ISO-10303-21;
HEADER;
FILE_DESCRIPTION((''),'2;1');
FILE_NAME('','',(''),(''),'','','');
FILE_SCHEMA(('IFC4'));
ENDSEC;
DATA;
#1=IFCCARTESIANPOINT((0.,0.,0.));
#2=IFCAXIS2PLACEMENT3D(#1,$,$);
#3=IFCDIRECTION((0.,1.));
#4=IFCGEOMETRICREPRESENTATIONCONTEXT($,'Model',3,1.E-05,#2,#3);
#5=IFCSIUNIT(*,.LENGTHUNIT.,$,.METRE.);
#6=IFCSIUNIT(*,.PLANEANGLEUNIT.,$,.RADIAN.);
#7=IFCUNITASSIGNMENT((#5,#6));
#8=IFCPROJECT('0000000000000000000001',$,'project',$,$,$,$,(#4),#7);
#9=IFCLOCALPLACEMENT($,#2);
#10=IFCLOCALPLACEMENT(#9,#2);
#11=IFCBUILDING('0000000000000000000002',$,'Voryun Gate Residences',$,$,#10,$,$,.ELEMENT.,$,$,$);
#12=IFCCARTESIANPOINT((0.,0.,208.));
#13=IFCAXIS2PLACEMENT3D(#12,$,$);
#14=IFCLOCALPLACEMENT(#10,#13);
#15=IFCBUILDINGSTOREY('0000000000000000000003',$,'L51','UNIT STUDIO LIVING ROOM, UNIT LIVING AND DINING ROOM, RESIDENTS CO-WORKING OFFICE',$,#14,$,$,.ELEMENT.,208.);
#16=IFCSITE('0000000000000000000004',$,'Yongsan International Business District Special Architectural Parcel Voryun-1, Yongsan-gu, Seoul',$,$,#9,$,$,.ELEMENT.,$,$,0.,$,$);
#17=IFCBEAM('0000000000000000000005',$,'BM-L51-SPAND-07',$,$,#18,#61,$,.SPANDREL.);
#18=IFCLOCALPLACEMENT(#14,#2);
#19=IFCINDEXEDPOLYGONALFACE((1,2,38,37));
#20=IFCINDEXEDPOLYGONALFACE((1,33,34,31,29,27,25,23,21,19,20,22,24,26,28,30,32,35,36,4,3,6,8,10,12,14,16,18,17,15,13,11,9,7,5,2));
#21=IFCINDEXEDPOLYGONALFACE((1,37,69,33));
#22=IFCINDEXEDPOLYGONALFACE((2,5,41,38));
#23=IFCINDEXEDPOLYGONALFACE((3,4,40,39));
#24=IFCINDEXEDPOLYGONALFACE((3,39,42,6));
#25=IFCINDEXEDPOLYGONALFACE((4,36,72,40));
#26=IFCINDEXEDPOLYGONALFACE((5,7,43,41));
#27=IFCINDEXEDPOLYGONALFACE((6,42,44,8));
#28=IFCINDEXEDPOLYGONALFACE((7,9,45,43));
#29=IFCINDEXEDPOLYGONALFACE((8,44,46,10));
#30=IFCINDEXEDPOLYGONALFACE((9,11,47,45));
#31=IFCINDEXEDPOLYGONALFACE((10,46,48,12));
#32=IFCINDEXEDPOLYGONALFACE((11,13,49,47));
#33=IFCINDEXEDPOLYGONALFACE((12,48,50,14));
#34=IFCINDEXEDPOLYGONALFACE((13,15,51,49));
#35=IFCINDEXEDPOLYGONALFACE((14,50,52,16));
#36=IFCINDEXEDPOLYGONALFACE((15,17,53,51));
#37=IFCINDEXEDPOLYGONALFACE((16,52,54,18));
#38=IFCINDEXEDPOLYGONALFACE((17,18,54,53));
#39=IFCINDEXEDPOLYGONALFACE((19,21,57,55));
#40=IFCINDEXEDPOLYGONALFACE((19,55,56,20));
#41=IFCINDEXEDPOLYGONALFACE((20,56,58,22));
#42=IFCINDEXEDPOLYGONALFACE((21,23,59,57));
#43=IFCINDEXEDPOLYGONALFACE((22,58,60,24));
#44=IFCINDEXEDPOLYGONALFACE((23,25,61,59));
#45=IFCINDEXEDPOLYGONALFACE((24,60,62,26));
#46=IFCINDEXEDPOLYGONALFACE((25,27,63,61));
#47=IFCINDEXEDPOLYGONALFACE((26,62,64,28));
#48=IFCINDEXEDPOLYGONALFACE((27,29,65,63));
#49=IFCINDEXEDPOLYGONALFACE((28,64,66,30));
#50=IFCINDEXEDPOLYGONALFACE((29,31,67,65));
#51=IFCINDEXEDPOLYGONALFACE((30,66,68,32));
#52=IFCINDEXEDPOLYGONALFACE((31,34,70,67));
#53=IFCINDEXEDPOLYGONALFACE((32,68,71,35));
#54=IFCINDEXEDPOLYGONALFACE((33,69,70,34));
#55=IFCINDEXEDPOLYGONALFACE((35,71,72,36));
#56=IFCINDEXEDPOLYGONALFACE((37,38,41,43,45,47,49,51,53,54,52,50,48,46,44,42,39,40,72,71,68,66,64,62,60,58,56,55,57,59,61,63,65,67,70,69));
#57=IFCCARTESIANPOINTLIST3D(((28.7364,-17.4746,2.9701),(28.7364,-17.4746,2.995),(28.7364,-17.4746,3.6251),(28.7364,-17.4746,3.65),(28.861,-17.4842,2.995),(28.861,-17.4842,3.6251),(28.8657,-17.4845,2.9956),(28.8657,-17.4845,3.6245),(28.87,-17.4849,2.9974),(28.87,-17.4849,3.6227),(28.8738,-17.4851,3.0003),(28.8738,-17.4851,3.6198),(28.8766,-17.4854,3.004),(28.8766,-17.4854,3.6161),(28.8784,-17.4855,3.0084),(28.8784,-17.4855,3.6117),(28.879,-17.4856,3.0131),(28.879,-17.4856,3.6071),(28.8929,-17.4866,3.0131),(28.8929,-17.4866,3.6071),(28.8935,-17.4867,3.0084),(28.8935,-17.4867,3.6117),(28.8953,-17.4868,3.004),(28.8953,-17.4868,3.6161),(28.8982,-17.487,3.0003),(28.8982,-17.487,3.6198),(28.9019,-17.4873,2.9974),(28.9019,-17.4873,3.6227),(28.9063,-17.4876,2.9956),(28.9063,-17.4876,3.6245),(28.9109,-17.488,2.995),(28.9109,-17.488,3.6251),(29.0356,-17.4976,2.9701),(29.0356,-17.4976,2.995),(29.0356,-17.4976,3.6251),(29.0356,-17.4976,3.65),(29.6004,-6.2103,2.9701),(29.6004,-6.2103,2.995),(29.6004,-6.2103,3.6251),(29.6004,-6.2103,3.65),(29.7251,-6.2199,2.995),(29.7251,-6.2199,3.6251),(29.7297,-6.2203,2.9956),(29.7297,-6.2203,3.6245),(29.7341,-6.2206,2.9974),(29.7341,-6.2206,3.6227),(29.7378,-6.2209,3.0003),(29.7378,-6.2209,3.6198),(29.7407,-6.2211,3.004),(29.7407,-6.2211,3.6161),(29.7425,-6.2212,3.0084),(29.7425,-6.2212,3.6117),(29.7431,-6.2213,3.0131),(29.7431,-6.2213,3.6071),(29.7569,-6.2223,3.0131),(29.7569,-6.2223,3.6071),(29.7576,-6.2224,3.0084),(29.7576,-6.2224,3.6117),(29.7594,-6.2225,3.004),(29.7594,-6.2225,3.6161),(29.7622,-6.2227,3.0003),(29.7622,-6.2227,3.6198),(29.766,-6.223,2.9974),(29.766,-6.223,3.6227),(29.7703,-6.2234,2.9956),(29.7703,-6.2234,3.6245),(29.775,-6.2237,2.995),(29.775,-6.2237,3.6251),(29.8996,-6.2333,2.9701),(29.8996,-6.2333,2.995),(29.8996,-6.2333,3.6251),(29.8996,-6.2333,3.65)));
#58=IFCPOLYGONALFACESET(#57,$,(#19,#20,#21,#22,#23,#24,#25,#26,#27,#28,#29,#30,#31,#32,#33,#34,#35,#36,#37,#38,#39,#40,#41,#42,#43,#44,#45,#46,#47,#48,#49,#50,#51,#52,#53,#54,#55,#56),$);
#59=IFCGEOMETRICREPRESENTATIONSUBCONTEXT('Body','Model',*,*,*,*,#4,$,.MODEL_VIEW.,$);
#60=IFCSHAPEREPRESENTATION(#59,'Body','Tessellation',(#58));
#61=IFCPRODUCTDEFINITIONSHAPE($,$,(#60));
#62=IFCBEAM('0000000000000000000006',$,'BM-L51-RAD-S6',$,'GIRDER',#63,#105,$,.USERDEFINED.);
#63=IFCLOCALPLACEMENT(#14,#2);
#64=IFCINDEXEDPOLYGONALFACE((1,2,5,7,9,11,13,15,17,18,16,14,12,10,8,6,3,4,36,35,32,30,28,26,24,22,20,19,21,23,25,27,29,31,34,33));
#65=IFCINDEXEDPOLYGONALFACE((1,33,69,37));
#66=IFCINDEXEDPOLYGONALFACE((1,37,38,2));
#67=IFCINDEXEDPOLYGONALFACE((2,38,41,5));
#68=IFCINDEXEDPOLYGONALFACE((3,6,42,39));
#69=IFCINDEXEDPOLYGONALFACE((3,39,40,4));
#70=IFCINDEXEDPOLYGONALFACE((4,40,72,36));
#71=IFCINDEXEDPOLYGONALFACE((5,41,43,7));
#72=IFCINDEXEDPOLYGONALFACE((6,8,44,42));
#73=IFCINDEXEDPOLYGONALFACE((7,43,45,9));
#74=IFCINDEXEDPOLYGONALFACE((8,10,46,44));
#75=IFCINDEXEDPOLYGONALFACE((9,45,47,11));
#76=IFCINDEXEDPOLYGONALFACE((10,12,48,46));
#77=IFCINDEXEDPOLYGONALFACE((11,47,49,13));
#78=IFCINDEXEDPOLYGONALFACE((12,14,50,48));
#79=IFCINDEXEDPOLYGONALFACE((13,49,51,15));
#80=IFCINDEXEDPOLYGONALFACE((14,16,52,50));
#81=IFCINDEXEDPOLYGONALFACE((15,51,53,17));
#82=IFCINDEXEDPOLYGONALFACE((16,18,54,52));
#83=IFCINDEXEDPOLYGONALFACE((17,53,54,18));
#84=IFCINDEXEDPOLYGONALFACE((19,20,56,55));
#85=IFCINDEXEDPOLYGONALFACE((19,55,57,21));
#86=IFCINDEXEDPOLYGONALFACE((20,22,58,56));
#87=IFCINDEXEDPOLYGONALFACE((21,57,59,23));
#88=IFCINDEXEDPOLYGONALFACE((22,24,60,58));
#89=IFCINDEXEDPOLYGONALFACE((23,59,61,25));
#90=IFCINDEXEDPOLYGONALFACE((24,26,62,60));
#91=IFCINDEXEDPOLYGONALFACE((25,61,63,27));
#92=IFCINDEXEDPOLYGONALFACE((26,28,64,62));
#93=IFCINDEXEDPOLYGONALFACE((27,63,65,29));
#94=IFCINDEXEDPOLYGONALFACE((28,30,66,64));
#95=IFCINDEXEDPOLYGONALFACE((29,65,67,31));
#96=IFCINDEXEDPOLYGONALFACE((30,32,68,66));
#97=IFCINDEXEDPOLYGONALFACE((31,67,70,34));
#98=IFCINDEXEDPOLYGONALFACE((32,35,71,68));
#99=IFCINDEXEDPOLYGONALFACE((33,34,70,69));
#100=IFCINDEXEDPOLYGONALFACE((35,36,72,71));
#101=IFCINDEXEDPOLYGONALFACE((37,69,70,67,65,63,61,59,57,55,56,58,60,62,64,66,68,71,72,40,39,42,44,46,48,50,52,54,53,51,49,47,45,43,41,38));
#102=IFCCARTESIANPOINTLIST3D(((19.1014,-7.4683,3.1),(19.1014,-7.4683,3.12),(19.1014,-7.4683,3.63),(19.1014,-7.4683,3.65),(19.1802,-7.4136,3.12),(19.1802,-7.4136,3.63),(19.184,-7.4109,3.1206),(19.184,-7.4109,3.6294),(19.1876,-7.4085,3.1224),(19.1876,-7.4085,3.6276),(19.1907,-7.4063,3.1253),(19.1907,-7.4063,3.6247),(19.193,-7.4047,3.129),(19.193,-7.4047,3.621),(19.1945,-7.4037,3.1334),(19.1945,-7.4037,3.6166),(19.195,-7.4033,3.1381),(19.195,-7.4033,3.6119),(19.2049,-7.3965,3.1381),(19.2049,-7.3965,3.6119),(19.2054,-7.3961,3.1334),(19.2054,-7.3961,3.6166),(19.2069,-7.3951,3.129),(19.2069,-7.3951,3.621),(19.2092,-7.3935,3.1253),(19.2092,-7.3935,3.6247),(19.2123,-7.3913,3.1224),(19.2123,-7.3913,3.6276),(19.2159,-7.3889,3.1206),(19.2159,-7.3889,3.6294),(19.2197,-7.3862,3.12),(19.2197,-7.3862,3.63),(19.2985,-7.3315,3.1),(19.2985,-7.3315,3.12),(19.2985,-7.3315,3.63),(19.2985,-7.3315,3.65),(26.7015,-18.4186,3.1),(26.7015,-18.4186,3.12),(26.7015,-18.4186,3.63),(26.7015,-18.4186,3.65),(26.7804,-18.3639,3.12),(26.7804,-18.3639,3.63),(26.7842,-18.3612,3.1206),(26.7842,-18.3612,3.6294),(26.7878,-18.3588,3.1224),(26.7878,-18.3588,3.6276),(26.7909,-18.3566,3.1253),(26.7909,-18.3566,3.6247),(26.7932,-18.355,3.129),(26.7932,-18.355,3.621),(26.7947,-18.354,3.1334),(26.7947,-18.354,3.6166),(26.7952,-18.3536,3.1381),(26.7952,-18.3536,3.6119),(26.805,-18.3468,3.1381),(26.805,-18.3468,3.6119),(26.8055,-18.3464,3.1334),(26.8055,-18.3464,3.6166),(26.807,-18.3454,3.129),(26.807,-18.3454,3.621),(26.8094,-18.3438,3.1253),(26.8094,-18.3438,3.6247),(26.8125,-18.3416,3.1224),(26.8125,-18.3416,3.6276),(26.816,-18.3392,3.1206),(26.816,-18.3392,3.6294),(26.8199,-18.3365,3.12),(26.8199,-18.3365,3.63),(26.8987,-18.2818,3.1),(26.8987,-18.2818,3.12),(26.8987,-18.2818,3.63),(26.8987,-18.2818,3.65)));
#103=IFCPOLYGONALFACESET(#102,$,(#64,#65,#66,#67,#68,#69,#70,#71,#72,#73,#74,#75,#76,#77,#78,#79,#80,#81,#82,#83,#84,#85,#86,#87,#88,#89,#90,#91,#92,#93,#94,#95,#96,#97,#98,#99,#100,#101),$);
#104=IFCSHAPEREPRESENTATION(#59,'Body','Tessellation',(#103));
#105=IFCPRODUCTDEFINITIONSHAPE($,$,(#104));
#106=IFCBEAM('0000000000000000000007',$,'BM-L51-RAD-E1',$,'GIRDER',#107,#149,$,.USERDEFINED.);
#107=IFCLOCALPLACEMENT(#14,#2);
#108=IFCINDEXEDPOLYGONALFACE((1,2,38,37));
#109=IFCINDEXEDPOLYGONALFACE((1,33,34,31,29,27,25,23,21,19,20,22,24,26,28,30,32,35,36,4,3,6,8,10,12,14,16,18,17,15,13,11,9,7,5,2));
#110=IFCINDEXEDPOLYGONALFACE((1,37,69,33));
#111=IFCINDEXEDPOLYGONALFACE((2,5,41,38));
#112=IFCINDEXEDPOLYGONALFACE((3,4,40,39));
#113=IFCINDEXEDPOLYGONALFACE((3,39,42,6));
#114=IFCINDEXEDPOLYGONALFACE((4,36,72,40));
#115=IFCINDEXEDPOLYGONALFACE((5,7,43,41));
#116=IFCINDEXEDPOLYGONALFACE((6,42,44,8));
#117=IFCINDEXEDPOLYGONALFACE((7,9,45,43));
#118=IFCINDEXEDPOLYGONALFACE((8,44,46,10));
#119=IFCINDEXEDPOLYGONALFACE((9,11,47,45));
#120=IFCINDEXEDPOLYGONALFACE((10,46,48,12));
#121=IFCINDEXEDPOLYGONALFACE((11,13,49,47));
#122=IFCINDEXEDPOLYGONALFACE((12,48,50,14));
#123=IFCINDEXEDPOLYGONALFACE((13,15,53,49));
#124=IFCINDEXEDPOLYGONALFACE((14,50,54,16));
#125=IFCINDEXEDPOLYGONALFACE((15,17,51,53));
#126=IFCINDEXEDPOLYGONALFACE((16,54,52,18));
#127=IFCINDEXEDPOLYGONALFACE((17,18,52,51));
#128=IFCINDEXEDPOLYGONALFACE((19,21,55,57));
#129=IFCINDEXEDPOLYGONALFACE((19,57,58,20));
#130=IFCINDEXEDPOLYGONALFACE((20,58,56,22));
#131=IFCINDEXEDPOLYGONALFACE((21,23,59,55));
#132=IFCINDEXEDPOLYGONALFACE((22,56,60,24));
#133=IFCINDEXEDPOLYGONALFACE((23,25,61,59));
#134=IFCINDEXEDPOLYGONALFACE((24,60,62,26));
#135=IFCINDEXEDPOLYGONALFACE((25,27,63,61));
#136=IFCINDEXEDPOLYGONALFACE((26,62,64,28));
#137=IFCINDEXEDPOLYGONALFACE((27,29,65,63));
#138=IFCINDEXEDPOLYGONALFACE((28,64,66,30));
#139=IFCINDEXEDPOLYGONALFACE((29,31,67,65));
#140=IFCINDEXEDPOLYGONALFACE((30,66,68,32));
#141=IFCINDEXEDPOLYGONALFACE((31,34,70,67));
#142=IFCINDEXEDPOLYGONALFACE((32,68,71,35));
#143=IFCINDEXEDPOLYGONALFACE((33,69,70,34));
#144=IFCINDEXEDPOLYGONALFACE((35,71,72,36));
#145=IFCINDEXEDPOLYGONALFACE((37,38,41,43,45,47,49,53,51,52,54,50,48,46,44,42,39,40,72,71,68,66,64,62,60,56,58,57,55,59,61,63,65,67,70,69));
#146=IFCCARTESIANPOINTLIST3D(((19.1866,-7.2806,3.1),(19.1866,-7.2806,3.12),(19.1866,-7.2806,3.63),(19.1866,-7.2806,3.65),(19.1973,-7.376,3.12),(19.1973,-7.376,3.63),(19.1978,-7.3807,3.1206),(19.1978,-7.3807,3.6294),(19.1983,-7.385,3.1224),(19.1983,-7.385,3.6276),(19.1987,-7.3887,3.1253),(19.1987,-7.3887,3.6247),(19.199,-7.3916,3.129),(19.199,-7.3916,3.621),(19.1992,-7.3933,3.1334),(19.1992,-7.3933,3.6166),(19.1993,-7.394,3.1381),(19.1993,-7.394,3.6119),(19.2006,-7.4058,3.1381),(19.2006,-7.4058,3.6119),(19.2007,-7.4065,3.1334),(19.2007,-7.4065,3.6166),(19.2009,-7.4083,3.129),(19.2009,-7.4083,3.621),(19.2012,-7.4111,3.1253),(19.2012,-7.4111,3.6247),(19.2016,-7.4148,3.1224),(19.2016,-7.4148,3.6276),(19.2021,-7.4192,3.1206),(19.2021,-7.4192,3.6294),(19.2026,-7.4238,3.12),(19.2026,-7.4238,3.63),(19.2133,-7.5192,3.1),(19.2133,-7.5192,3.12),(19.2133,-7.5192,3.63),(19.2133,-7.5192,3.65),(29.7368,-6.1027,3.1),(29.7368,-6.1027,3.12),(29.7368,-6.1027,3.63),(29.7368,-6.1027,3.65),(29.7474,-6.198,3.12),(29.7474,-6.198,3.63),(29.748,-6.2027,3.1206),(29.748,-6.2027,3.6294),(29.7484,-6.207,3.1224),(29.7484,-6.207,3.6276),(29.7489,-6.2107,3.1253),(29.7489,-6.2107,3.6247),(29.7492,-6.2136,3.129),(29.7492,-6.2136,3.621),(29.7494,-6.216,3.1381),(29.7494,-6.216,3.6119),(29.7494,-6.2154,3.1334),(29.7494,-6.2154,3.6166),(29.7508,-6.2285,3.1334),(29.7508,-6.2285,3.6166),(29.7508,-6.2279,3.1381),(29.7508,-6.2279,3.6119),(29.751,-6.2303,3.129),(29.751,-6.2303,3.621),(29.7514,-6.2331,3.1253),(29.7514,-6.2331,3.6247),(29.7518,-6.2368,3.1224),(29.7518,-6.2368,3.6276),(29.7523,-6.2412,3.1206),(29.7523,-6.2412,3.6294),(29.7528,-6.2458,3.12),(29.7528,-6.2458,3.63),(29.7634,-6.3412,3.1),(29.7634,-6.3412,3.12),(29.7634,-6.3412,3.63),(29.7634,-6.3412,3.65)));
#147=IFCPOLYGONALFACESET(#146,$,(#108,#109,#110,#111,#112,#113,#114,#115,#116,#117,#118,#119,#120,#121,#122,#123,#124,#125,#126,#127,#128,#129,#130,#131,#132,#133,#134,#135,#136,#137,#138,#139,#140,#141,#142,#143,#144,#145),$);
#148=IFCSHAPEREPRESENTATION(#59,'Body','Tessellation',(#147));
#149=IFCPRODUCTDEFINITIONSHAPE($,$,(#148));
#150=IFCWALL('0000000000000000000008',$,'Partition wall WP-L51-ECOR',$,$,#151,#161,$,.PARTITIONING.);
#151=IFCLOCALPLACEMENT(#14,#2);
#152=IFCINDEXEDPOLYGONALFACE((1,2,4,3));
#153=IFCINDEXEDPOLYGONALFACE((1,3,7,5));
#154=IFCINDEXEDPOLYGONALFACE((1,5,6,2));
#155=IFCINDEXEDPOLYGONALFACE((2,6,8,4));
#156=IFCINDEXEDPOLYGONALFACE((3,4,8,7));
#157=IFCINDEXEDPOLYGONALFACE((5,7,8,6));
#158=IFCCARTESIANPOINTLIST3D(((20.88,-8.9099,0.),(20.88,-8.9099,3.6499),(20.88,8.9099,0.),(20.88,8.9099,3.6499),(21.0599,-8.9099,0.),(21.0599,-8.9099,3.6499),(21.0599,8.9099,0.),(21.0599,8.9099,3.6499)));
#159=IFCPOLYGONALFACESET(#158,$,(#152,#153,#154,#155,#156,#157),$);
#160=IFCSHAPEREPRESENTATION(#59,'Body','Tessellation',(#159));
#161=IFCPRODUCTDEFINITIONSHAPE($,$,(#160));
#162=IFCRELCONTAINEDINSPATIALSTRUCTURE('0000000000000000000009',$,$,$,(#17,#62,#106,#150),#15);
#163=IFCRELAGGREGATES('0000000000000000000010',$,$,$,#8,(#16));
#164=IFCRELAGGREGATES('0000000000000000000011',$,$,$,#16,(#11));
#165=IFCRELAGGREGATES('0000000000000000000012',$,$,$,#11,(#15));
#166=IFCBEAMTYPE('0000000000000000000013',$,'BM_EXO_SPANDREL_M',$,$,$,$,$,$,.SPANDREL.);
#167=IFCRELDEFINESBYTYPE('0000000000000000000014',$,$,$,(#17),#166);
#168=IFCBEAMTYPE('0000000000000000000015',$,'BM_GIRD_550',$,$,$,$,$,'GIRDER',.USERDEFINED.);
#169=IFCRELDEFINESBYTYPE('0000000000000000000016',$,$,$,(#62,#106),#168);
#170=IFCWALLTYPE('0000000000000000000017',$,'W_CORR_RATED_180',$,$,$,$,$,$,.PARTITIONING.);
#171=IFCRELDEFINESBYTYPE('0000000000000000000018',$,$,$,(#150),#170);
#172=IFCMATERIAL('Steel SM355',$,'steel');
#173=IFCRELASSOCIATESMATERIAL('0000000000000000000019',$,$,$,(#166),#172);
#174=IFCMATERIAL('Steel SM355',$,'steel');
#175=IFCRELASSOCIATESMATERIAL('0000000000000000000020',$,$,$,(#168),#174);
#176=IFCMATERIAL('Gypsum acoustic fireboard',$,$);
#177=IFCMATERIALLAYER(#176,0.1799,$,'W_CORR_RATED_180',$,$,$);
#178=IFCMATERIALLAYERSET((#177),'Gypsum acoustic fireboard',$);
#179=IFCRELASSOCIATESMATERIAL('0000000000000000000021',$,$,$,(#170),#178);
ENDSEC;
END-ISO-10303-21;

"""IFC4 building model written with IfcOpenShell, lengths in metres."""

from ifc_helpers import new_model, si_unit, direction, frame, frame_2d, origin, origin_2d, place, context, subcontext, project, spatial, rectangle, i_section, extrude, material, layer, layer_set, material_profile, profile_set, type_object, element, save


model = new_model("IFC4")

# Units and contexts
model_context = context("Model", 3, precision=1e-05, world=origin(), true_north=direction((0.0, 1.0)))
body_context = subcontext(model_context, "Body", "Model", "MODEL_VIEW")
ifc_project = project(units=[si_unit("LENGTHUNIT", "METRE"), si_unit("PLANEANGLEUNIT", "RADIAN")], contexts=[model_context])

# Site, building, storey
site_placement = place(None, origin())
site = spatial("IfcSite", under=ifc_project, at=site_placement, Name="Yongsan International Business District Special Architectural Parcel Voryun-1, Yongsan-gu, Seoul", CompositionType="ELEMENT", RefElevation=0.0)
building_placement = place(site_placement, origin())
building = spatial("IfcBuilding", under=site, at=building_placement, Name="Voryun Gate Residences", CompositionType="ELEMENT")
storey_placement = place(building_placement, frame((0.0, 0.0, 208.0)))
storey = spatial("IfcBuildingStorey", under=building, at=storey_placement, Name="L51", Description="UNIT STUDIO LIVING ROOM, UNIT LIVING AND DINING ROOM, RESIDENTS CO-WORKING OFFICE", CompositionType="ELEMENT", Elevation=208.0)

# Beams
ifc_material_1 = material(Name="Steel SM355", Category="steel")
ifc_material_profile_1 = material_profile(ifc_material_1, i_section(OverallWidth=0.3, OverallDepth=0.6799, WebThickness=0.0139, FlangeThickness=0.0249, FilletRadius=0.0181, at=origin_2d()), Name="H-680x300x14x25")
ifc_profile_set_1 = profile_set([ifc_material_profile_1], Name="Steel SM355")
beam_type_1 = type_object("IfcBeamType", Name="BM_EXO_SPANDREL_M", PredefinedType="SPANDREL", material=ifc_profile_set_1)
beam_1_placement = place(storey_placement, frame((28.886, -17.4861, 3.3101), z_axis=(0.07648, 0.997071, 0.0), x_axis=(-0.997071, 0.07648, 0.0)))
element("IfcBeam", 1, at=beam_1_placement, inside=storey, type_object=beam_type_1, Name="BM-L51-SPAND-07", PredefinedType="SPANDREL", context=body_context, shape_type="SweptSolid", body=[
    extrude(i_section(OverallWidth=0.3, OverallDepth=0.6799, WebThickness=0.0139, FlangeThickness=0.0249, FilletRadius=0.0181, at=origin_2d()), origin(), (0.0, 0.0, 1.0), 11.2974),
])
ifc_material_2 = material(Name="Steel SM355", Category="steel")
ifc_material_profile_2 = material_profile(ifc_material_2, i_section(OverallWidth=0.24, OverallDepth=0.55, WebThickness=0.012, FlangeThickness=0.02, FilletRadius=0.0181, at=origin_2d()), Name="H-550x240x12x20")
ifc_profile_set_2 = profile_set([ifc_material_profile_2], Name="Steel SM355")
beam_type_2 = type_object("IfcBeamType", Name="BM_GIRD_550", ElementType="GIRDER", PredefinedType="USERDEFINED", material=ifc_profile_set_2)
beam_2_placement = place(storey_placement, frame((19.2, -7.3999, 3.375), z_axis=(0.570183, -0.821518, 0.0), x_axis=(0.821518, 0.570183, 0.0)))
element("IfcBeam", 2, at=beam_2_placement, inside=storey, type_object=beam_type_2, Name="BM-L51-RAD-S6", ObjectType="GIRDER", PredefinedType="USERDEFINED", context=body_context, shape_type="SweptSolid", body=[
    extrude(i_section(OverallWidth=0.24, OverallDepth=0.55, WebThickness=0.012, FlangeThickness=0.02, FilletRadius=0.0181, at=origin_2d()), origin(), (0.0, 0.0, 1.0), 13.3293),
])
beam_3_placement = place(storey_placement, frame((19.2, -7.3999, 3.375), z_axis=(0.993824, 0.110967, 0.0), x_axis=(-0.110967, 0.993824, 0.0)))
element("IfcBeam", 3, at=beam_3_placement, inside=storey, type_object=beam_type_2, Name="BM-L51-RAD-E1", ObjectType="GIRDER", PredefinedType="USERDEFINED", context=body_context, shape_type="SweptSolid", body=[
    extrude(i_section(OverallWidth=0.24, OverallDepth=0.55, WebThickness=0.012, FlangeThickness=0.02, FilletRadius=0.0181, at=origin_2d()), origin(), (0.0, 0.0, 1.0), 10.6157),
])

# Wall
ifc_material_3 = material(Name="Gypsum acoustic fireboard")
ifc_layer_1 = layer(ifc_material_3, 0.1799, Name="W_CORR_RATED_180")
ifc_layer_set_1 = layer_set([ifc_layer_1], Name="Gypsum acoustic fireboard")
wall_type_1 = type_object("IfcWallType", Name="W_CORR_RATED_180", PredefinedType="PARTITIONING", material=ifc_layer_set_1)
wall_1_placement = place(storey_placement, frame((20.97, -8.9099, 0.0), z_axis=(0.0, 0.0, 1.0), x_axis=(0.0, 1.0, 0.0)))
element("IfcWall", 4, at=wall_1_placement, inside=storey, type_object=wall_type_1, Name="Partition wall WP-L51-ECOR", PredefinedType="PARTITIONING", context=body_context, shape_type="SweptSolid", body=[
    extrude(rectangle(XDim=17.8198, YDim=0.1799, at=frame_2d((8.9099, 0.0))), origin(), (0.0, 0.0, 1.0), 3.6499),
])

save(model, "model.ifc")
